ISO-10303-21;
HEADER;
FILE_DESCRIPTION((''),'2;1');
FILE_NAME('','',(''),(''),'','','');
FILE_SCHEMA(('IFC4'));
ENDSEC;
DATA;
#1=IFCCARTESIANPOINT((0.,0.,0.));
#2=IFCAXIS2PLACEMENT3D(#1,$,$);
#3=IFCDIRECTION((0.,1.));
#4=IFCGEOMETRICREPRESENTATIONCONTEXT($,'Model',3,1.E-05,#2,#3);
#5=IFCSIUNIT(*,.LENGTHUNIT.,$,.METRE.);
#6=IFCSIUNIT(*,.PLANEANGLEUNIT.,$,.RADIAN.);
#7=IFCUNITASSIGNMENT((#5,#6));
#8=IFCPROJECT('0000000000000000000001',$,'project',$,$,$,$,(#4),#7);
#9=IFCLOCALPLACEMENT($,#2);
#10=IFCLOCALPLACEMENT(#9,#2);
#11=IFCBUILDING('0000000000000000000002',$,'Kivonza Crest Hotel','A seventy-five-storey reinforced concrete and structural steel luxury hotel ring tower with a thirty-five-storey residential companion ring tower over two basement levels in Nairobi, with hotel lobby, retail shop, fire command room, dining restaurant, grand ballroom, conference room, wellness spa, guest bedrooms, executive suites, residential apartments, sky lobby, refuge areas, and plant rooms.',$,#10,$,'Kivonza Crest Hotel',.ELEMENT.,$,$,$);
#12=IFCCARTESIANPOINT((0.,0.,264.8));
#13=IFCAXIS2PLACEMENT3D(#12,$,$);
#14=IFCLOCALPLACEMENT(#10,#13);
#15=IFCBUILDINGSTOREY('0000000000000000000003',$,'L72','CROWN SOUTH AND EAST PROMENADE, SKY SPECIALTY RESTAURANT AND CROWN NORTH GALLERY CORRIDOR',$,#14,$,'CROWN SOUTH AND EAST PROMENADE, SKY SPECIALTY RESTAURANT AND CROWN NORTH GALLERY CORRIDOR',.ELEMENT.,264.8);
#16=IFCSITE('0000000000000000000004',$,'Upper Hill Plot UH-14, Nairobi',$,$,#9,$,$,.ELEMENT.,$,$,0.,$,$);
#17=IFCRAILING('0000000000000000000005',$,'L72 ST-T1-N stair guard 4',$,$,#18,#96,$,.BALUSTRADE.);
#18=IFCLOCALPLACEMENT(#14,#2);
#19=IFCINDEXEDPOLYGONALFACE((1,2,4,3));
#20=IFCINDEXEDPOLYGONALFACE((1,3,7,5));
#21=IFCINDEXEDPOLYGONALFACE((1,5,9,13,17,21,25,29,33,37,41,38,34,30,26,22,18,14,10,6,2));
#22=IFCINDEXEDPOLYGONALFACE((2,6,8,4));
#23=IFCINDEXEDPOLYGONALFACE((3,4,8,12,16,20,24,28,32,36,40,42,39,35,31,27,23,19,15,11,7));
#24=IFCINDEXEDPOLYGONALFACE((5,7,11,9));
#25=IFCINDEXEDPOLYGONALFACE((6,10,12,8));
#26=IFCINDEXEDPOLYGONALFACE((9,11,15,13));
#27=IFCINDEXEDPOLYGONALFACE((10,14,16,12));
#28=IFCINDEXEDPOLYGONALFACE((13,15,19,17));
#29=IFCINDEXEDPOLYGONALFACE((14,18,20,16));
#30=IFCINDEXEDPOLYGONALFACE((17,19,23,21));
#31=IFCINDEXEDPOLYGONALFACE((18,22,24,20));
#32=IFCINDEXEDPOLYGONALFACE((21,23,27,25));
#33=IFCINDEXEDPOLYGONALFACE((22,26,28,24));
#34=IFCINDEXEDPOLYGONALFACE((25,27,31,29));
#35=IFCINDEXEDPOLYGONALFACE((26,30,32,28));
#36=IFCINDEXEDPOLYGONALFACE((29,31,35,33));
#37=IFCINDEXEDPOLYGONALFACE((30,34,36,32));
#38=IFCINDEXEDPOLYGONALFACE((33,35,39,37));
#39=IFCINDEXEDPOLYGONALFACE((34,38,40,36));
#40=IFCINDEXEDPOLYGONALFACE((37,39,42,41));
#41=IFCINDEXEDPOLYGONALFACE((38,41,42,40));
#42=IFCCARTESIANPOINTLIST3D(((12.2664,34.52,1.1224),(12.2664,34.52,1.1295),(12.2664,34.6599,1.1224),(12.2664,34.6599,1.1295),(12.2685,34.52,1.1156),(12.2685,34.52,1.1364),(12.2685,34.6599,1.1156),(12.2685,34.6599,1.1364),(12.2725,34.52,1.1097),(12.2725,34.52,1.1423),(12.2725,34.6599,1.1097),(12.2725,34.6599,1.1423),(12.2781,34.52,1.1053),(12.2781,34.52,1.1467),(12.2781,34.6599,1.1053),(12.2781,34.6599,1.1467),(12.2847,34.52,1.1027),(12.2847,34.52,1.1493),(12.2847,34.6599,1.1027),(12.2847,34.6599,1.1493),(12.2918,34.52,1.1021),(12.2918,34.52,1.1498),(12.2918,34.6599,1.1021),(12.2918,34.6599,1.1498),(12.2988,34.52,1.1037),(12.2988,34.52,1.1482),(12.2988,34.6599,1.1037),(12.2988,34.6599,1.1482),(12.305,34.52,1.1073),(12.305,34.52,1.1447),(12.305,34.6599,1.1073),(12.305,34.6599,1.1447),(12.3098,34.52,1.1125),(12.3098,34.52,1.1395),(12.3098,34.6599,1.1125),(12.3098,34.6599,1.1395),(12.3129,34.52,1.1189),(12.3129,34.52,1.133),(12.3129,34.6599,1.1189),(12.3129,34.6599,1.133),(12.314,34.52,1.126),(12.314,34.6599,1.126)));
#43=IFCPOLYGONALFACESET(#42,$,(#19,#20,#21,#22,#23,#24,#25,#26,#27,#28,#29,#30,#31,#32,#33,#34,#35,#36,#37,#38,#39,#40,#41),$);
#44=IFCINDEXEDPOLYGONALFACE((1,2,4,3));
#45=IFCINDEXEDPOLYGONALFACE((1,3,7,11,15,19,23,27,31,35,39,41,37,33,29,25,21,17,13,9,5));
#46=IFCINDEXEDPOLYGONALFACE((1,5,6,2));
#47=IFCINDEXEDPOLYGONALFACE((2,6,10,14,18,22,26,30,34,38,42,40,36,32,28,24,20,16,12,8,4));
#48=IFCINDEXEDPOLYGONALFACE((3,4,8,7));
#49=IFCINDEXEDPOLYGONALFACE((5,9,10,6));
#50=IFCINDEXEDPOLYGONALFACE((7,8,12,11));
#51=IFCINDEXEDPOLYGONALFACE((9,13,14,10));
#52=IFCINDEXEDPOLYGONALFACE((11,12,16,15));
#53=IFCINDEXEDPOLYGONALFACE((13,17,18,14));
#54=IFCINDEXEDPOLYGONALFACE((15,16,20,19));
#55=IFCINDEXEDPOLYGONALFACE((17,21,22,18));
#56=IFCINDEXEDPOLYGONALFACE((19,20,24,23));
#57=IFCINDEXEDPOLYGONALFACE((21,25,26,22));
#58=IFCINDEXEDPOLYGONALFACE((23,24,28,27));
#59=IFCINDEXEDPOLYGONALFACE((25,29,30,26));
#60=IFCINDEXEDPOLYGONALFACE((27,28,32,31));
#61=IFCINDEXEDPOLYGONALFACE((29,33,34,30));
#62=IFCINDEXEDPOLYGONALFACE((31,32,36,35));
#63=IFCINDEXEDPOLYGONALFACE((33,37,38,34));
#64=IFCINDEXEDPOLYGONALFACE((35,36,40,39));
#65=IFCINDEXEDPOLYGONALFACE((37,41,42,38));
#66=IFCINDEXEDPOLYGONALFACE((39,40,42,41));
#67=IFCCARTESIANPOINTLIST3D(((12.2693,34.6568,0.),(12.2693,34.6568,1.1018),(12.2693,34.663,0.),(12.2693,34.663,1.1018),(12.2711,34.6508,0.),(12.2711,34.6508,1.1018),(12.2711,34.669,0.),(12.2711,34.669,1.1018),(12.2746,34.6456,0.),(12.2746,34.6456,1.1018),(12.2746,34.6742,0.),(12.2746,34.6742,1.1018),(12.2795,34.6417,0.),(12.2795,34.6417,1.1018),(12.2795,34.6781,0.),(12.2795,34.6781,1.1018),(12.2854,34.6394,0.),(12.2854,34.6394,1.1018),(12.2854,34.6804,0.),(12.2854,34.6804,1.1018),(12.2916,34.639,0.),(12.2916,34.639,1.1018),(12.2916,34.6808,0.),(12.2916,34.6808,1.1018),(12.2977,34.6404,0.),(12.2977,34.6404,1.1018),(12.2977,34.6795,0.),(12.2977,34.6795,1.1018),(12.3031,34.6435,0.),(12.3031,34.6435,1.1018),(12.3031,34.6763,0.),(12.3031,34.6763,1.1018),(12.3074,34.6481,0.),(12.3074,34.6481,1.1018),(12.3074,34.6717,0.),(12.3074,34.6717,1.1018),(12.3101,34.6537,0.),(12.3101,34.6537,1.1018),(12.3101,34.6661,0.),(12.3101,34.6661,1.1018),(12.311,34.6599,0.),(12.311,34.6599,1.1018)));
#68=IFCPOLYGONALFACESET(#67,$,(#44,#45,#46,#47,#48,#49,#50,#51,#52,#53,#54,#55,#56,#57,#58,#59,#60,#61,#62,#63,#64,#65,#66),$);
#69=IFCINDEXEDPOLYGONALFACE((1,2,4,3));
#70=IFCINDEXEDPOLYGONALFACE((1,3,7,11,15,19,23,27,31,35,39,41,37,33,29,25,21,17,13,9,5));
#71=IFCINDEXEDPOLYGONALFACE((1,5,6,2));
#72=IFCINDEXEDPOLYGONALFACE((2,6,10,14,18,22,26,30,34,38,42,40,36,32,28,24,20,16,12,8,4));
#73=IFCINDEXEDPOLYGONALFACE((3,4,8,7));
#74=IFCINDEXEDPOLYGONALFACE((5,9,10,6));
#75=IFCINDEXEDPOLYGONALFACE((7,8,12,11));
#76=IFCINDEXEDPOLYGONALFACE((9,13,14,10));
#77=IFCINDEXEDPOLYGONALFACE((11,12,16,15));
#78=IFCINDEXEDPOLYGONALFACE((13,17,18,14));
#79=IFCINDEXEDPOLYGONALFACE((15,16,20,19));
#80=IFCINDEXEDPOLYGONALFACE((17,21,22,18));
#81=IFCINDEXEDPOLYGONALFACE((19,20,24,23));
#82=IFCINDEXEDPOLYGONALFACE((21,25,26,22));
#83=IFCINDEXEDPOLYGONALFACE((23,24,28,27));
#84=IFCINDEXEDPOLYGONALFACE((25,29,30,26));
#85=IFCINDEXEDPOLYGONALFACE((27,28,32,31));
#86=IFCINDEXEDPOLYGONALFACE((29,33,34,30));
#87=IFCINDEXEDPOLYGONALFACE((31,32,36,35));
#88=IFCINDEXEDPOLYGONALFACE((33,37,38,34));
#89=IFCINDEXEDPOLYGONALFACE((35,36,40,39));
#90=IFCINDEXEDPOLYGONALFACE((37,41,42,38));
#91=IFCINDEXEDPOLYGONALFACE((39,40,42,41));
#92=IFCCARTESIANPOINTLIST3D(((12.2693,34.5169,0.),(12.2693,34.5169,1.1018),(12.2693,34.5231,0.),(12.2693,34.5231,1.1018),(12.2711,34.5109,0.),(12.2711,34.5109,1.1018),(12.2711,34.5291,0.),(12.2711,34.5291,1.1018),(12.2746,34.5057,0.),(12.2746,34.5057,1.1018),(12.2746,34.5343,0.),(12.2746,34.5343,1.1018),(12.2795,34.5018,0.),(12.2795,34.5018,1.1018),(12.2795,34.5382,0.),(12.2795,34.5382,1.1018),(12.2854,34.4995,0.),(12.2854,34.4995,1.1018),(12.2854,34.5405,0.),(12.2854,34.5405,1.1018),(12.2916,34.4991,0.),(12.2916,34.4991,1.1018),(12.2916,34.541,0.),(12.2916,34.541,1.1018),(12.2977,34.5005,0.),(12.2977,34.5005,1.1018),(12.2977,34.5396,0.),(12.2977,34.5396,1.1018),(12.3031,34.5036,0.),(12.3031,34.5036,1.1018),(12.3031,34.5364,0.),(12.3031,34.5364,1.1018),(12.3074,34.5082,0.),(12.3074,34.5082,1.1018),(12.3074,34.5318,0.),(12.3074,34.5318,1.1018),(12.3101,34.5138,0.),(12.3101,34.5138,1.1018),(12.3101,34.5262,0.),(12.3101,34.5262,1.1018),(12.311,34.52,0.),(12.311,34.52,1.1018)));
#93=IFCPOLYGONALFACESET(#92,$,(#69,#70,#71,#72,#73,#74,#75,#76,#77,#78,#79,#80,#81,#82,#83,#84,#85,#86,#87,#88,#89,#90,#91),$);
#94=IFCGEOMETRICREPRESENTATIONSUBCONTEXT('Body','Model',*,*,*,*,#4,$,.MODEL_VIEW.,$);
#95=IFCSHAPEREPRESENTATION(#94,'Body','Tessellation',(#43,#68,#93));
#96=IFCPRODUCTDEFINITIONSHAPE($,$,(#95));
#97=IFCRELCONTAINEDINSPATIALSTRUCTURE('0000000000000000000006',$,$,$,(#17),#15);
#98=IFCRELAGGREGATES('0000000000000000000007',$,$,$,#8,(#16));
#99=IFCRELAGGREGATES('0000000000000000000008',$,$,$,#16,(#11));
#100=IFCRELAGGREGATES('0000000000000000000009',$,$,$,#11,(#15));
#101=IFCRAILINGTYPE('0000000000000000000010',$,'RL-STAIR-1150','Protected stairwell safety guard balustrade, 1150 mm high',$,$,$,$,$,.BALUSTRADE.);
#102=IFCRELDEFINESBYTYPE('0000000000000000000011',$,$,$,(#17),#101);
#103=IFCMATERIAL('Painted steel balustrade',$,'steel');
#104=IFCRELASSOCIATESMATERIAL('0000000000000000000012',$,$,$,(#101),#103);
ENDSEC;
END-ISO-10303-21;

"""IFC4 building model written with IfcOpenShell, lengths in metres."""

from ifc_helpers import new_model, si_unit, direction, frame, origin, origin_2d, place, context, subcontext, project, spatial, circle, extrude, material, type_object, element, save


model = new_model("IFC4")

# Units and contexts
model_context = context("Model", 3, precision=1e-05, world=origin(), true_north=direction((0.0, 1.0)))
body_context = subcontext(model_context, "Body", "Model", "MODEL_VIEW")
ifc_project = project(units=[si_unit("LENGTHUNIT", "METRE"), si_unit("PLANEANGLEUNIT", "RADIAN")], contexts=[model_context])

# Site, building, storey
site_placement = place(None, origin())
site = spatial("IfcSite", under=ifc_project, at=site_placement, Name="Upper Hill Plot UH-14, Nairobi", CompositionType="ELEMENT", RefElevation=0.0)
building_placement = place(site_placement, origin())
building = spatial("IfcBuilding", under=site, at=building_placement, Name="Kivonza Crest Hotel", Description="A seventy-five-storey reinforced concrete and structural steel luxury hotel ring tower with a thirty-five-storey residential companion ring tower over two basement levels in Nairobi, with hotel lobby, retail shop, fire command room, dining restaurant, grand ballroom, conference room, wellness spa, guest bedrooms, executive suites, residential apartments, sky lobby, refuge areas, and plant rooms.", LongName="Kivonza Crest Hotel", CompositionType="ELEMENT")
storey_placement = place(building_placement, frame((0.0, 0.0, 264.8)))
storey = spatial("IfcBuildingStorey", under=building, at=storey_placement, Name="L72", Description="CROWN SOUTH AND EAST PROMENADE, SKY SPECIALTY RESTAURANT AND CROWN NORTH GALLERY CORRIDOR", LongName="CROWN SOUTH AND EAST PROMENADE, SKY SPECIALTY RESTAURANT AND CROWN NORTH GALLERY CORRIDOR", CompositionType="ELEMENT", Elevation=264.8)

# Railing
ifc_material_1 = material(Name="Painted steel balustrade", Category="steel")
railing_type_1 = type_object("IfcRailingType", Name="RL-STAIR-1150", Description="Protected stairwell safety guard balustrade, 1150 mm high", PredefinedType="BALUSTRADE", material=ifc_material_1)
railing_1_placement = place(storey_placement, frame((12.29, 34.6599, 0.0)))
element("IfcRailing", 1, at=railing_1_placement, inside=storey, type_object=railing_type_1, Name="L72 ST-T1-N stair guard 4", PredefinedType="BALUSTRADE", context=body_context, shape_type="SweptSolid", body=[
    extrude(circle(Radius=0.0239, at=origin_2d()), frame((0.0, 0.0, 1.126), z_axis=(0.0, -1.0, 0.0), x_axis=(1.0, 0.0, 0.0)), (0.0, 0.0, 1.0), 0.1399),
    extrude(circle(Radius=0.021, at=origin_2d()), origin(), (0.0, 0.0, 1.0), 1.1018),
    extrude(circle(Radius=0.021, at=origin_2d()), frame((0.0, -0.1399, 0.0)), (0.0, 0.0, 1.0), 1.1018),
])

save(model, "model.ifc")
